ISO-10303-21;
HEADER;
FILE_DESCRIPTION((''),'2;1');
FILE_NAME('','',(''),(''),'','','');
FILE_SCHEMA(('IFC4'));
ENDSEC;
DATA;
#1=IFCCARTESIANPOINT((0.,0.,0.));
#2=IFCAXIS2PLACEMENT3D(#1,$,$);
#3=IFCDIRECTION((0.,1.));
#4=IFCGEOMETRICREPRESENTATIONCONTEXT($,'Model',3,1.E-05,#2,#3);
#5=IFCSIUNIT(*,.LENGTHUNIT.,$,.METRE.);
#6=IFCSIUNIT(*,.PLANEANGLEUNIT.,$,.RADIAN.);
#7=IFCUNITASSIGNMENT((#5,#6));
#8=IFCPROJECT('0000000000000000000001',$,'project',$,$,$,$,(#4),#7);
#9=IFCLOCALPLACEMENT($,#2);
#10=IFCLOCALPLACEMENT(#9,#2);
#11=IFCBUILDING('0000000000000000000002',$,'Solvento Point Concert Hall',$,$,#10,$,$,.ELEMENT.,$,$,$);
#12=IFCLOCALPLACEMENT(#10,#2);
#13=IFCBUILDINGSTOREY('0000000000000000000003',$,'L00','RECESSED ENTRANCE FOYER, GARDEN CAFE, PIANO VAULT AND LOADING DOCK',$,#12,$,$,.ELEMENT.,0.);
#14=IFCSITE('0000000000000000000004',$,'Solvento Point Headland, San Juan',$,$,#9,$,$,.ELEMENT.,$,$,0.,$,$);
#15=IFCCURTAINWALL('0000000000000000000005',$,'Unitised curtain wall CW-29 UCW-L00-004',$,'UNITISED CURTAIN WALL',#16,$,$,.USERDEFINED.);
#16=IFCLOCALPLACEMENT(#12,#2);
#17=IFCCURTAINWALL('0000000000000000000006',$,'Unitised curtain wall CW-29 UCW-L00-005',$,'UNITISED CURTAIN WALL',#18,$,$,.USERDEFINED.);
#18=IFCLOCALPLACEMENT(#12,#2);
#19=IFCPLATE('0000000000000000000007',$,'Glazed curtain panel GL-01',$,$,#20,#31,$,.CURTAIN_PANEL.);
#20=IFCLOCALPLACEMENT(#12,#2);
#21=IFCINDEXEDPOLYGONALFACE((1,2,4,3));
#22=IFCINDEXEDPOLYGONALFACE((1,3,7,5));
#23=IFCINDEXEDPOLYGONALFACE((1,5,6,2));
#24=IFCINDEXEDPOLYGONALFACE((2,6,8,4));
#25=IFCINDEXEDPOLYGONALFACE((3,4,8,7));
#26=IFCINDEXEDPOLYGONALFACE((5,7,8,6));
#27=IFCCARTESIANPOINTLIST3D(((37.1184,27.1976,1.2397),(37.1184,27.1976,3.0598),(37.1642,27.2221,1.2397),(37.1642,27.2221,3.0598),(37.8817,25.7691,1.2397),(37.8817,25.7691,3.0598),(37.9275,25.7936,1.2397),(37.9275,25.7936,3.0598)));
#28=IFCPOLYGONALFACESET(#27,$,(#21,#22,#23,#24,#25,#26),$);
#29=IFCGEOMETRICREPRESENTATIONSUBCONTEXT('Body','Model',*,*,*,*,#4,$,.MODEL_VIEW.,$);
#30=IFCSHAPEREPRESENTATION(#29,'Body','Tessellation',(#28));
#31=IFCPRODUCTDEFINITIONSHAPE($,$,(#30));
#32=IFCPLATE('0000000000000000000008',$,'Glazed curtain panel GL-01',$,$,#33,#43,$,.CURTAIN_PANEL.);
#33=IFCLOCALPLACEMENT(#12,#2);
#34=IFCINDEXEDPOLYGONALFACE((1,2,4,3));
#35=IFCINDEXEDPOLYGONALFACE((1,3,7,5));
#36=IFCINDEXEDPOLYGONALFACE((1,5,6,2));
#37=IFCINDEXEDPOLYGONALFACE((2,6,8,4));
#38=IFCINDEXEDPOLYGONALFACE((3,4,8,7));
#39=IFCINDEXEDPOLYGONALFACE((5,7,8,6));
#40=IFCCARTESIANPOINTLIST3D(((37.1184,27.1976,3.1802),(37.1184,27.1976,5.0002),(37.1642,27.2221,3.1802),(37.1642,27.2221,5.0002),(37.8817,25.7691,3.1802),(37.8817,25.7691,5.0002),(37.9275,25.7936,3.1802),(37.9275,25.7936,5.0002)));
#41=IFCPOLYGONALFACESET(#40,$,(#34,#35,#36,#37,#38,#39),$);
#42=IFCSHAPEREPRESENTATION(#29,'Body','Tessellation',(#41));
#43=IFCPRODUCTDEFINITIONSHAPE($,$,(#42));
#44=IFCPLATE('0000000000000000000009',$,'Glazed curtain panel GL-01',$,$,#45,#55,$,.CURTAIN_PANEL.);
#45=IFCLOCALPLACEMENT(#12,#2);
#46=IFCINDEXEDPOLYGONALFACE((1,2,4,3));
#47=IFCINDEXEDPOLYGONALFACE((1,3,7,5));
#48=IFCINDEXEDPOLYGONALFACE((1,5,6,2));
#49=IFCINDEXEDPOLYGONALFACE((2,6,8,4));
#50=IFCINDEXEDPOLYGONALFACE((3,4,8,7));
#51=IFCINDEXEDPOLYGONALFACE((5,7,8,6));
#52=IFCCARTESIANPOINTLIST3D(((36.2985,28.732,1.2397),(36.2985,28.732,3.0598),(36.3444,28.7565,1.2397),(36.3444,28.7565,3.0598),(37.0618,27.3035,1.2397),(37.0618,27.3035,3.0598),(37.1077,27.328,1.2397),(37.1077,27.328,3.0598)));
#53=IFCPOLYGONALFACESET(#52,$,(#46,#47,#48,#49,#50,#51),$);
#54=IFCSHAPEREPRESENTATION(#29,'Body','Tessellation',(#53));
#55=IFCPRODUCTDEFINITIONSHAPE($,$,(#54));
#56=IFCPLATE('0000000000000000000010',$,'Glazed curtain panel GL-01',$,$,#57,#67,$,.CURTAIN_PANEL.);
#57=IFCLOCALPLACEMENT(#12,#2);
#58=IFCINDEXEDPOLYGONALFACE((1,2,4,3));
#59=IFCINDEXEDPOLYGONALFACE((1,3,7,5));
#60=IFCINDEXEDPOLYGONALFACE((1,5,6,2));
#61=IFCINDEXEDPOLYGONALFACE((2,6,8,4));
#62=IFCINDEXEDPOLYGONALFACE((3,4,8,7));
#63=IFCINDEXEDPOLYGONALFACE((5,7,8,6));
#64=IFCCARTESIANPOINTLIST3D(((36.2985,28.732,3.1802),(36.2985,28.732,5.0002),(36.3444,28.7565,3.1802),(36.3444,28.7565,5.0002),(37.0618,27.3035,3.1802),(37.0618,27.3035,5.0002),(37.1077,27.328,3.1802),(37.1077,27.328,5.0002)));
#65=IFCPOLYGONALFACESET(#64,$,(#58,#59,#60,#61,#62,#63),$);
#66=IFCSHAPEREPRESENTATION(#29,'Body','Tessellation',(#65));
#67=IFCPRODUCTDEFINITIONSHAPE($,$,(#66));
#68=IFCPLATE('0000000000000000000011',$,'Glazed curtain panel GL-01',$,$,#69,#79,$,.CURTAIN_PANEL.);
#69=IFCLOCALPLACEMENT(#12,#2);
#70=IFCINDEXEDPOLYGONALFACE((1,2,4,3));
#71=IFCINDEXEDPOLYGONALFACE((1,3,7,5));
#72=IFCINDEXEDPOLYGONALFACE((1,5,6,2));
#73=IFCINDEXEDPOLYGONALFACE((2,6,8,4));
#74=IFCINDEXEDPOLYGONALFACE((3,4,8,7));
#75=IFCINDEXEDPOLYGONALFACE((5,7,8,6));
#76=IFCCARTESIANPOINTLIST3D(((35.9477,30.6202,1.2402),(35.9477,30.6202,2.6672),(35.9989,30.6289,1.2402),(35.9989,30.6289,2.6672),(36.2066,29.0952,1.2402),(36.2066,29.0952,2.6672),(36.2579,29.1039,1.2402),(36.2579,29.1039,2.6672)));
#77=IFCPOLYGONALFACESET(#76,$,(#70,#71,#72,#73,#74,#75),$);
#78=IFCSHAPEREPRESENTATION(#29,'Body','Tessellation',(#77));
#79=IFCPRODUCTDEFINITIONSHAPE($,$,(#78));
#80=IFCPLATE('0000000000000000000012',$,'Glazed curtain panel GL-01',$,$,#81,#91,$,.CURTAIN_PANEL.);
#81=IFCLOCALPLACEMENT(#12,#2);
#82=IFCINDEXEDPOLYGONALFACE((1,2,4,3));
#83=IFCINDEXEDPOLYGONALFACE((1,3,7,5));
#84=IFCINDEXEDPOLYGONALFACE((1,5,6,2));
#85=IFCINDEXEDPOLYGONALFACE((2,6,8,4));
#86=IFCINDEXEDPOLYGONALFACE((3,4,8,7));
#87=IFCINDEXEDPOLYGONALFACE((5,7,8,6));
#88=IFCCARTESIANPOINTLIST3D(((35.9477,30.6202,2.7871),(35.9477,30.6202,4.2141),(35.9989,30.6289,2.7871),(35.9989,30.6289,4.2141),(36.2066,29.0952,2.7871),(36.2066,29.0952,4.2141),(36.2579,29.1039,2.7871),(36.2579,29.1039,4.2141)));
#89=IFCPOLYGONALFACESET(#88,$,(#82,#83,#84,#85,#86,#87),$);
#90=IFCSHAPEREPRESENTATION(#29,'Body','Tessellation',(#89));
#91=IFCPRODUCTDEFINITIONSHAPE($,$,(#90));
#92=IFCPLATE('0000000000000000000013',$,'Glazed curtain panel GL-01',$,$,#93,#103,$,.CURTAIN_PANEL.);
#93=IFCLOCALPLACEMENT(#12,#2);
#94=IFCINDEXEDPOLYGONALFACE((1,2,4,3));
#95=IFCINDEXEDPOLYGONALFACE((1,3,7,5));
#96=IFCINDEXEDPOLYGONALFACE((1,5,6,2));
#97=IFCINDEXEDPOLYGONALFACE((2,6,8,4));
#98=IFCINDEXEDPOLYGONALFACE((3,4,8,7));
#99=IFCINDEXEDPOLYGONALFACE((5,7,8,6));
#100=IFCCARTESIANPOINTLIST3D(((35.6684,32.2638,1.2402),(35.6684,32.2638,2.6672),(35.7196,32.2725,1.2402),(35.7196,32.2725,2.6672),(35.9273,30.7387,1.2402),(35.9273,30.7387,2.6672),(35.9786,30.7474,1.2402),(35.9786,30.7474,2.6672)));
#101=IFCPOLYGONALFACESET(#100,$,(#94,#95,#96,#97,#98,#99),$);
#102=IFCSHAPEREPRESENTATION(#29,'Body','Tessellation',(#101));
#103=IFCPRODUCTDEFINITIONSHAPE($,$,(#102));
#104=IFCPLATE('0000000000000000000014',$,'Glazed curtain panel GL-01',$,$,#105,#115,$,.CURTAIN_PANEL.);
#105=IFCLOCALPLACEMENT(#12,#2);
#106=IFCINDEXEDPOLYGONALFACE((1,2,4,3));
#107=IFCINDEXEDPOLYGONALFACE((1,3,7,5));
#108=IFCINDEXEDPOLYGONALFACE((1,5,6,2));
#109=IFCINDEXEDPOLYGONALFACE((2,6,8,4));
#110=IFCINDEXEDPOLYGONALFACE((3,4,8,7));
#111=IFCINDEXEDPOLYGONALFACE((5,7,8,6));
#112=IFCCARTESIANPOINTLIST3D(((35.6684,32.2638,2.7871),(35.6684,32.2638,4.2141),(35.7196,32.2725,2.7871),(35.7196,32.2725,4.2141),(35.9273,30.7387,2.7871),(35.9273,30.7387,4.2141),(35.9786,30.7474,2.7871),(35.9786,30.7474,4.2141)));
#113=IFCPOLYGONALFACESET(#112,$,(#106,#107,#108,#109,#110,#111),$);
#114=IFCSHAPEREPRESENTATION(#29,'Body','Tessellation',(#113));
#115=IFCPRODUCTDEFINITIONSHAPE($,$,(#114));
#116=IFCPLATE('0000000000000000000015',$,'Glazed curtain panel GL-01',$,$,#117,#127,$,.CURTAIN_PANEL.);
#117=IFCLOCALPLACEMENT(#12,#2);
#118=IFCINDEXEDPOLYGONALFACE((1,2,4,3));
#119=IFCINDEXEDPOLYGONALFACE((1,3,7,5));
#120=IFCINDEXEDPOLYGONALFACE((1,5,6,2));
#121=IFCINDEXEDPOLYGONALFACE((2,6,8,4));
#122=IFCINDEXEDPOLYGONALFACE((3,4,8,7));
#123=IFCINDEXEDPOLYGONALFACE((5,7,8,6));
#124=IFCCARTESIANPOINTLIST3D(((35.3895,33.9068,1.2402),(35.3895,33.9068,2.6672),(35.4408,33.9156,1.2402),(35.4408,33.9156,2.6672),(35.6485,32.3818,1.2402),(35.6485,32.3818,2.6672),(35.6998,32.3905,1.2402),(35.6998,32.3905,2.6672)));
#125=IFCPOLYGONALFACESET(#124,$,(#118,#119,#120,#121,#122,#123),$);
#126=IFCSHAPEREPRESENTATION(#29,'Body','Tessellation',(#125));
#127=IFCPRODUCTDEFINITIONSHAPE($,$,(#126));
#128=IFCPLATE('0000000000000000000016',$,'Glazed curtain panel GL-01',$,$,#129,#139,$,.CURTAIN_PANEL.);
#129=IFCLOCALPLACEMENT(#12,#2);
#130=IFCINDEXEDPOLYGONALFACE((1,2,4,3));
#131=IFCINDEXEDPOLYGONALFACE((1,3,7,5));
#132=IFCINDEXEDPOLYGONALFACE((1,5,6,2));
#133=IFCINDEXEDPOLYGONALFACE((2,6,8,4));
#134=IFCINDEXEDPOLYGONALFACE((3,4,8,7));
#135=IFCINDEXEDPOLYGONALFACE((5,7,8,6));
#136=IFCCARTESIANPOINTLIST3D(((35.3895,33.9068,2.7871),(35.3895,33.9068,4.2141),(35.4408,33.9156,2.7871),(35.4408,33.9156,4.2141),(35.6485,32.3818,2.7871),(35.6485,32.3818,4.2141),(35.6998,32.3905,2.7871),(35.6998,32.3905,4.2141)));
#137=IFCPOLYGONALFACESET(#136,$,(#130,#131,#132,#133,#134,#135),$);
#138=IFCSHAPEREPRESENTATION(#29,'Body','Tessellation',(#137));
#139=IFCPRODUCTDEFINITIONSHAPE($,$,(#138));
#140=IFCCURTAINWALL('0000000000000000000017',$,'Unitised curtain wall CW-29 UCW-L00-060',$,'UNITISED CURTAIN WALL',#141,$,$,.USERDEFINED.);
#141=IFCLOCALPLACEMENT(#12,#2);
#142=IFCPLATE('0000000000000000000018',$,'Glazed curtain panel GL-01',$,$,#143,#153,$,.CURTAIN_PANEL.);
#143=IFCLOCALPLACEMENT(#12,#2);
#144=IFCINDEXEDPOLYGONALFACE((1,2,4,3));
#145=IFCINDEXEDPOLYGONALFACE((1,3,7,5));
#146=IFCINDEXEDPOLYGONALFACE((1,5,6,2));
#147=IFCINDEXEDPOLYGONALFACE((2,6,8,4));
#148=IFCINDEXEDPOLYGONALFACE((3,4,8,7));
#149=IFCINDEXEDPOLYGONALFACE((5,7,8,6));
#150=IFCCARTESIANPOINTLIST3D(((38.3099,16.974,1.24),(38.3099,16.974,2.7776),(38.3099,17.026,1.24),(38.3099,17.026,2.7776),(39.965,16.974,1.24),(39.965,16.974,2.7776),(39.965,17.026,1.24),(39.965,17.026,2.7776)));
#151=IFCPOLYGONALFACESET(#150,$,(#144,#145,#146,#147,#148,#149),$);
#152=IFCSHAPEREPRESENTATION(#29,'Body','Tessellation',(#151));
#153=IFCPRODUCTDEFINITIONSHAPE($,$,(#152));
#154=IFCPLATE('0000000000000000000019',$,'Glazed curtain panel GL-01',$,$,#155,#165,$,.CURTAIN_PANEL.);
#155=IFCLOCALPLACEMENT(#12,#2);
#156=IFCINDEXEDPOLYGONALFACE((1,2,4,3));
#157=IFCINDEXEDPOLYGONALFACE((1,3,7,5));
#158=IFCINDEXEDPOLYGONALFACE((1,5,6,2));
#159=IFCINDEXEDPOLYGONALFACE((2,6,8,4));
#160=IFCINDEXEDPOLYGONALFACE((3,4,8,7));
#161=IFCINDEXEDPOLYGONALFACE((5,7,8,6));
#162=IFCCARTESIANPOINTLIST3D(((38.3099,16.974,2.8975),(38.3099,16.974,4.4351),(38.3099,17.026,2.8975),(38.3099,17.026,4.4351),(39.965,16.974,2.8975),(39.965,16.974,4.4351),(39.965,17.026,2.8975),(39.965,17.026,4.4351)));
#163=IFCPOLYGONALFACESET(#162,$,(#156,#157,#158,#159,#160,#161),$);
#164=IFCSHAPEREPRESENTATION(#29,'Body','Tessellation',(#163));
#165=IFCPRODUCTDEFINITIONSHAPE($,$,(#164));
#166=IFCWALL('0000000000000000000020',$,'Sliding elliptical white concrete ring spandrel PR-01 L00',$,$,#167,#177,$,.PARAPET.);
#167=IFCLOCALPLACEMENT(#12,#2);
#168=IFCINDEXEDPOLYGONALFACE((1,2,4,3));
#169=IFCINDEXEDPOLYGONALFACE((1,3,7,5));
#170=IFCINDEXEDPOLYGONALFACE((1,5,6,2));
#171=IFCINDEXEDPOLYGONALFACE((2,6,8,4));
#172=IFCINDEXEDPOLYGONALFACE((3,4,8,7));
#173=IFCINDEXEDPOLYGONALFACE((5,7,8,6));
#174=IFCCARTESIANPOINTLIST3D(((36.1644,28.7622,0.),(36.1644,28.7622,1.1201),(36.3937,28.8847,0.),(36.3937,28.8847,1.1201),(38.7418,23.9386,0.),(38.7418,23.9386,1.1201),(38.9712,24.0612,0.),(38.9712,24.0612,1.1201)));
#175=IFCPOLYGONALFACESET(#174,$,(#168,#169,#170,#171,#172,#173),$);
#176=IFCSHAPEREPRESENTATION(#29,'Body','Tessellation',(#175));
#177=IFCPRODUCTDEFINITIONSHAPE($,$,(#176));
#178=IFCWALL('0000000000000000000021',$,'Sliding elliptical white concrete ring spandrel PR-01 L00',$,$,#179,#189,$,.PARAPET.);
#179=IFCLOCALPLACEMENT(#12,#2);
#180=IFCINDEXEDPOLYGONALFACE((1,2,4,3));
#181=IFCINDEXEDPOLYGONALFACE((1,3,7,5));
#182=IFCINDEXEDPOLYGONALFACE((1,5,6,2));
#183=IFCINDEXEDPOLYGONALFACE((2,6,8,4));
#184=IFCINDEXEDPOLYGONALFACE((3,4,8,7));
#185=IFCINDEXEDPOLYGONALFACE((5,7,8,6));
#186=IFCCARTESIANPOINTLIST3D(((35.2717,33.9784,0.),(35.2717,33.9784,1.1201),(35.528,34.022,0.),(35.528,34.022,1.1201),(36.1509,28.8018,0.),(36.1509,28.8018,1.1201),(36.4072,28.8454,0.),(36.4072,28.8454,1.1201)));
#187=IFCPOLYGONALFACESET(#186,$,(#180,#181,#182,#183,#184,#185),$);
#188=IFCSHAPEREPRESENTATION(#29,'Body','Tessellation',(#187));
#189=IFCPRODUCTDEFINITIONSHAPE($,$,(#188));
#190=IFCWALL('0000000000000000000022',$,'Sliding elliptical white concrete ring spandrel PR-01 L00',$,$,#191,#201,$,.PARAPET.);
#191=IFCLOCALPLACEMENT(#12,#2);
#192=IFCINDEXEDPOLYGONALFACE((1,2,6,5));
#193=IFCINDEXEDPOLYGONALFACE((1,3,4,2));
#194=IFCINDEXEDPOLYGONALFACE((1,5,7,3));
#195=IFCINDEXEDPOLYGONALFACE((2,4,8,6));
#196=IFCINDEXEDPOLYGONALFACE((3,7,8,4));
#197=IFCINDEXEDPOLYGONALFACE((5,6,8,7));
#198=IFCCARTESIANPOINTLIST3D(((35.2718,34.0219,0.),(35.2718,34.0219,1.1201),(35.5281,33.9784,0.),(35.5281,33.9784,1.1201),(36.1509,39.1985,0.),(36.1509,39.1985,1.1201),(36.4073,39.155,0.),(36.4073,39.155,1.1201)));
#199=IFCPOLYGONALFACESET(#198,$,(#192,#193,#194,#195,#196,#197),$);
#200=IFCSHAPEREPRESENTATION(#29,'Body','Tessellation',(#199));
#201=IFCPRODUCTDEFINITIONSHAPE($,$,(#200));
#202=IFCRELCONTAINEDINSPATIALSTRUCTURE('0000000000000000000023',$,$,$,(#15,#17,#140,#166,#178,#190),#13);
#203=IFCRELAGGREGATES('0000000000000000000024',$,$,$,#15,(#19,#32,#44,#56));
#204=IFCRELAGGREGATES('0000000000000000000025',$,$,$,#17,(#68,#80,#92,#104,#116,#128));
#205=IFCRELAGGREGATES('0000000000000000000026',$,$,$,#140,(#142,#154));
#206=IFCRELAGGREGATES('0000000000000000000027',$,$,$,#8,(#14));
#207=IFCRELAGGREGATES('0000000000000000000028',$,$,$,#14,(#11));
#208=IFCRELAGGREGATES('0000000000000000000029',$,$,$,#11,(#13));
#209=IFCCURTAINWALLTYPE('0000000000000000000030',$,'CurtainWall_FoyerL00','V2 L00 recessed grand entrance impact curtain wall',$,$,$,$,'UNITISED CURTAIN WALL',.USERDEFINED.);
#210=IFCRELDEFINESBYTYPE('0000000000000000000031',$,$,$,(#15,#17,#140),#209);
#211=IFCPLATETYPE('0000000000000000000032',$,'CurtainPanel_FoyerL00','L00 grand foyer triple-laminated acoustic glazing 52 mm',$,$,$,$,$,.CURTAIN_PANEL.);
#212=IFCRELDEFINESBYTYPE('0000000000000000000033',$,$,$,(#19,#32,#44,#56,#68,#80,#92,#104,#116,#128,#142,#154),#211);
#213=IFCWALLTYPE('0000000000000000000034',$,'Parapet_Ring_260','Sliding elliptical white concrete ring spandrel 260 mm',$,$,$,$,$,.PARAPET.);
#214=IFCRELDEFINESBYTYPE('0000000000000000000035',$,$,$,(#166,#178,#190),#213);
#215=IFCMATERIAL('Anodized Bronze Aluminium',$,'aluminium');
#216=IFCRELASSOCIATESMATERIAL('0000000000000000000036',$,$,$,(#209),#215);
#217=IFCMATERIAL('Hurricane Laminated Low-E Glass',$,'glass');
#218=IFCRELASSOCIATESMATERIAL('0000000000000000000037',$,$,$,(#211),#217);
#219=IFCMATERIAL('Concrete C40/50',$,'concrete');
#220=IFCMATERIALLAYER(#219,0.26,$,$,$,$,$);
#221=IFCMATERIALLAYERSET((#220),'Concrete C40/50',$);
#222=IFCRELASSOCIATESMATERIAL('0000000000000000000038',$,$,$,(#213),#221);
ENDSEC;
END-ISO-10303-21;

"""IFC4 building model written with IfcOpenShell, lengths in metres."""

from ifc_helpers import new_model, si_unit, direction, frame, frame_2d, origin, origin_2d, place, context, subcontext, project, spatial, rectangle, extrude, material, layer, layer_set, type_object, element, aggregate, save


model = new_model("IFC4")

# Units and contexts
model_context = context("Model", 3, precision=1e-05, world=origin(), true_north=direction((0.0, 1.0)))
body_context = subcontext(model_context, "Body", "Model", "MODEL_VIEW")
ifc_project = project(units=[si_unit("LENGTHUNIT", "METRE"), si_unit("PLANEANGLEUNIT", "RADIAN")], contexts=[model_context])

# Site, building, storey
site_placement = place(None, origin())
site = spatial("IfcSite", under=ifc_project, at=site_placement, Name="Solvento Point Headland, San Juan", CompositionType="ELEMENT", RefElevation=0.0)
building_placement = place(site_placement, origin())
building = spatial("IfcBuilding", under=site, at=building_placement, Name="Solvento Point Concert Hall", CompositionType="ELEMENT")
storey_placement = place(building_placement, origin())
storey = spatial("IfcBuildingStorey", under=building, at=storey_placement, Name="L00", Description="RECESSED ENTRANCE FOYER, GARDEN CAFE, PIANO VAULT AND LOADING DOCK", CompositionType="ELEMENT", Elevation=0.0)

# Shared definitions
ifc_material_1 = material(Name="Anodized Bronze Aluminium", Category="aluminium")
curtain_wall_type = type_object("IfcCurtainWallType", Name="CurtainWall_FoyerL00", Description="V2 L00 recessed grand entrance impact curtain wall", ElementType="UNITISED CURTAIN WALL", PredefinedType="USERDEFINED", material=ifc_material_1)

# Curtain walls
curtain_wall_1_placement = place(storey_placement, origin())
curtain_wall_1 = element("IfcCurtainWall", 1, at=curtain_wall_1_placement, inside=storey, type_object=curtain_wall_type, Name="Unitised curtain wall CW-29 UCW-L00-004", ObjectType="UNITISED CURTAIN WALL", PredefinedType="USERDEFINED")
curtain_wall_2_placement = place(storey_placement, origin())
curtain_wall_2 = element("IfcCurtainWall", 2, at=curtain_wall_2_placement, inside=storey, type_object=curtain_wall_type, Name="Unitised curtain wall CW-29 UCW-L00-005", ObjectType="UNITISED CURTAIN WALL", PredefinedType="USERDEFINED")

# Plates
ifc_material_2 = material(Name="Hurricane Laminated Low-E Glass", Category="glass")
plate_type = type_object("IfcPlateType", Name="CurtainPanel_FoyerL00", Description="L00 grand foyer triple-laminated acoustic glazing 52 mm", PredefinedType="CURTAIN_PANEL", material=ifc_material_2)
plate_1_placement = place(storey_placement, frame((37.5229, 26.4956, 1.2397), z_axis=(0.0, 0.0, 1.0), x_axis=(-0.471274, 0.881987, 0.0)))
plate_1 = element("IfcPlate", 3, at=plate_1_placement, type_object=plate_type, Name="Glazed curtain panel GL-01", PredefinedType="CURTAIN_PANEL", context=body_context, shape_type="SweptSolid", body=[
    extrude(rectangle(XDim=1.6196, YDim=0.052, at=origin_2d()), origin(), (0.0, 0.0, 1.0), 1.8201),
])
plate_2_placement = place(storey_placement, frame((37.5229, 26.4956, 3.1802), z_axis=(0.0, 0.0, 1.0), x_axis=(-0.471274, 0.881987, 0.0)))
plate_2 = element("IfcPlate", 4, at=plate_2_placement, type_object=plate_type, Name="Glazed curtain panel GL-01", PredefinedType="CURTAIN_PANEL", context=body_context, shape_type="SweptSolid", body=[
    extrude(rectangle(XDim=1.6196, YDim=0.052, at=origin_2d()), origin(), (0.0, 0.0, 1.0), 1.8201),
])
plate_3_placement = place(storey_placement, frame((36.7031, 28.03, 1.2397), z_axis=(0.0, 0.0, 1.0), x_axis=(-0.471274, 0.881987, 0.0)))
plate_3 = element("IfcPlate", 5, at=plate_3_placement, type_object=plate_type, Name="Glazed curtain panel GL-01", PredefinedType="CURTAIN_PANEL", context=body_context, shape_type="SweptSolid", body=[
    extrude(rectangle(XDim=1.6196, YDim=0.052, at=origin_2d()), origin(), (0.0, 0.0, 1.0), 1.8201),
])
plate_4_placement = place(storey_placement, frame((36.7031, 28.03, 3.1802), z_axis=(0.0, 0.0, 1.0), x_axis=(-0.471274, 0.881987, 0.0)))
plate_4 = element("IfcPlate", 6, at=plate_4_placement, type_object=plate_type, Name="Glazed curtain panel GL-01", PredefinedType="CURTAIN_PANEL", context=body_context, shape_type="SweptSolid", body=[
    extrude(rectangle(XDim=1.6196, YDim=0.052, at=origin_2d()), origin(), (0.0, 0.0, 1.0), 1.8201),
])
aggregate(curtain_wall_1, [plate_1, plate_2, plate_3, plate_4])
plate_5_placement = place(storey_placement, frame((36.1028, 29.8621, 1.2402), z_axis=(0.0, 0.0, 1.0), x_axis=(-0.167431, 0.985884, 0.0)))
plate_5 = element("IfcPlate", 7, at=plate_5_placement, type_object=plate_type, Name="Glazed curtain panel GL-01", PredefinedType="CURTAIN_PANEL", context=body_context, shape_type="SweptSolid", body=[
    extrude(rectangle(XDim=1.5469, YDim=0.052, at=origin_2d()), origin(), (0.0, 0.0, 1.0), 1.427),
])
plate_6_placement = place(storey_placement, frame((36.1028, 29.8621, 2.7871), z_axis=(0.0, 0.0, 1.0), x_axis=(-0.167431, 0.985884, 0.0)))
plate_6 = element("IfcPlate", 8, at=plate_6_placement, type_object=plate_type, Name="Glazed curtain panel GL-01", PredefinedType="CURTAIN_PANEL", context=body_context, shape_type="SweptSolid", body=[
    extrude(rectangle(XDim=1.5469, YDim=0.052, at=origin_2d()), origin(), (0.0, 0.0, 1.0), 1.427),
])
plate_7_placement = place(storey_placement, frame((35.8235, 31.5056, 1.2402), z_axis=(0.0, 0.0, 1.0), x_axis=(-0.167431, 0.985884, 0.0)))
plate_7 = element("IfcPlate", 9, at=plate_7_placement, type_object=plate_type, Name="Glazed curtain panel GL-01", PredefinedType="CURTAIN_PANEL", context=body_context, shape_type="SweptSolid", body=[
    extrude(rectangle(XDim=1.5469, YDim=0.052, at=origin_2d()), origin(), (0.0, 0.0, 1.0), 1.427),
])
plate_8_placement = place(storey_placement, frame((35.8235, 31.5056, 2.7871), z_axis=(0.0, 0.0, 1.0), x_axis=(-0.167431, 0.985884, 0.0)))
plate_8 = element("IfcPlate", 10, at=plate_8_placement, type_object=plate_type, Name="Glazed curtain panel GL-01", PredefinedType="CURTAIN_PANEL", context=body_context, shape_type="SweptSolid", body=[
    extrude(rectangle(XDim=1.5469, YDim=0.052, at=origin_2d()), origin(), (0.0, 0.0, 1.0), 1.427),
])
plate_9_placement = place(storey_placement, frame((35.5447, 33.1487, 1.2402), z_axis=(0.0, 0.0, 1.0), x_axis=(-0.167431, 0.985884, 0.0)))
plate_9 = element("IfcPlate", 11, at=plate_9_placement, type_object=plate_type, Name="Glazed curtain panel GL-01", PredefinedType="CURTAIN_PANEL", context=body_context, shape_type="SweptSolid", body=[
    extrude(rectangle(XDim=1.5469, YDim=0.052, at=origin_2d()), origin(), (0.0, 0.0, 1.0), 1.427),
])
plate_10_placement = place(storey_placement, frame((35.5447, 33.1487, 2.7871), z_axis=(0.0, 0.0, 1.0), x_axis=(-0.167431, 0.985884, 0.0)))
plate_10 = element("IfcPlate", 12, at=plate_10_placement, type_object=plate_type, Name="Glazed curtain panel GL-01", PredefinedType="CURTAIN_PANEL", context=body_context, shape_type="SweptSolid", body=[
    extrude(rectangle(XDim=1.5469, YDim=0.052, at=origin_2d()), origin(), (0.0, 0.0, 1.0), 1.427),
])
aggregate(curtain_wall_2, [plate_5, plate_6, plate_7, plate_8, plate_9, plate_10])

# Curtain wall, plates
curtain_wall_3_placement = place(storey_placement, origin())
curtain_wall_3 = element("IfcCurtainWall", 13, at=curtain_wall_3_placement, inside=storey, type_object=curtain_wall_type, Name="Unitised curtain wall CW-29 UCW-L00-060", ObjectType="UNITISED CURTAIN WALL", PredefinedType="USERDEFINED")
plate_11_placement = place(storey_placement, frame((39.1375, 17.0, 1.24), z_axis=(0.0, 0.0, 1.0), x_axis=(1.0, 0.0, 0.0)))
plate_11 = element("IfcPlate", 14, at=plate_11_placement, type_object=plate_type, Name="Glazed curtain panel GL-01", PredefinedType="CURTAIN_PANEL", context=body_context, shape_type="SweptSolid", body=[
    extrude(rectangle(XDim=1.655, YDim=0.052, at=origin_2d()), origin(), (0.0, 0.0, 1.0), 1.5376),
])
plate_12_placement = place(storey_placement, frame((39.1375, 17.0, 2.8975), z_axis=(0.0, 0.0, 1.0), x_axis=(1.0, 0.0, 0.0)))
plate_12 = element("IfcPlate", 15, at=plate_12_placement, type_object=plate_type, Name="Glazed curtain panel GL-01", PredefinedType="CURTAIN_PANEL", context=body_context, shape_type="SweptSolid", body=[
    extrude(rectangle(XDim=1.655, YDim=0.052, at=origin_2d()), origin(), (0.0, 0.0, 1.0), 1.5376),
])
aggregate(curtain_wall_3, [plate_11, plate_12])

# Walls
ifc_material_3 = material(Name="Concrete C40/50", Category="concrete")
ifc_layer = layer(ifc_material_3, 0.26)
ifc_layer_set = layer_set([ifc_layer], Name="Concrete C40/50")
wall_type = type_object("IfcWallType", Name="Parapet_Ring_260", Description="Sliding elliptical white concrete ring spandrel 260 mm", PredefinedType="PARAPET", material=ifc_layer_set)
wall_placement = place(storey_placement, frame((38.8564, 24.0, 0.0), z_axis=(0.0, 0.0, 1.0), x_axis=(-0.471281, 0.881983, 0.0)))
element("IfcWall", 16, at=wall_placement, inside=storey, type_object=wall_type, Name="Sliding elliptical white concrete ring spandrel PR-01 L00", PredefinedType="PARAPET", context=body_context, shape_type="SweptSolid", body=[
    extrude(rectangle(XDim=5.469, YDim=0.26, at=frame_2d((2.7344, 0.0))), origin(), (0.0, 0.0, 1.0), 1.1201),
])
for number, where, z_axis, x_axis, name in (
    (17, (36.2791, 28.8235, 0.0), (0.0, 0.0, 1.0), (-0.167437, 0.985883, 0.0), "Sliding elliptical white concrete ring spandrel PR-01 L00"),
    (18, (35.3999, 34.0, 0.0), (0.0, 0.0, 1.0), (0.167437, 0.985883, 0.0), "Sliding elliptical white concrete ring spandrel PR-01 L00"),
):
    element("IfcWall", number, at=place(storey_placement, frame(where, z_axis=z_axis, x_axis=x_axis)), inside=storey, type_object=wall_type, Name=name, PredefinedType="PARAPET", context=body_context, shape_type="SweptSolid", body=[
        extrude(rectangle(XDim=5.2507, YDim=0.26, at=frame_2d((2.6255, 0.0))), origin(), (0.0, 0.0, 1.0), 1.1201),
    ])

save(model, "model.ifc")
